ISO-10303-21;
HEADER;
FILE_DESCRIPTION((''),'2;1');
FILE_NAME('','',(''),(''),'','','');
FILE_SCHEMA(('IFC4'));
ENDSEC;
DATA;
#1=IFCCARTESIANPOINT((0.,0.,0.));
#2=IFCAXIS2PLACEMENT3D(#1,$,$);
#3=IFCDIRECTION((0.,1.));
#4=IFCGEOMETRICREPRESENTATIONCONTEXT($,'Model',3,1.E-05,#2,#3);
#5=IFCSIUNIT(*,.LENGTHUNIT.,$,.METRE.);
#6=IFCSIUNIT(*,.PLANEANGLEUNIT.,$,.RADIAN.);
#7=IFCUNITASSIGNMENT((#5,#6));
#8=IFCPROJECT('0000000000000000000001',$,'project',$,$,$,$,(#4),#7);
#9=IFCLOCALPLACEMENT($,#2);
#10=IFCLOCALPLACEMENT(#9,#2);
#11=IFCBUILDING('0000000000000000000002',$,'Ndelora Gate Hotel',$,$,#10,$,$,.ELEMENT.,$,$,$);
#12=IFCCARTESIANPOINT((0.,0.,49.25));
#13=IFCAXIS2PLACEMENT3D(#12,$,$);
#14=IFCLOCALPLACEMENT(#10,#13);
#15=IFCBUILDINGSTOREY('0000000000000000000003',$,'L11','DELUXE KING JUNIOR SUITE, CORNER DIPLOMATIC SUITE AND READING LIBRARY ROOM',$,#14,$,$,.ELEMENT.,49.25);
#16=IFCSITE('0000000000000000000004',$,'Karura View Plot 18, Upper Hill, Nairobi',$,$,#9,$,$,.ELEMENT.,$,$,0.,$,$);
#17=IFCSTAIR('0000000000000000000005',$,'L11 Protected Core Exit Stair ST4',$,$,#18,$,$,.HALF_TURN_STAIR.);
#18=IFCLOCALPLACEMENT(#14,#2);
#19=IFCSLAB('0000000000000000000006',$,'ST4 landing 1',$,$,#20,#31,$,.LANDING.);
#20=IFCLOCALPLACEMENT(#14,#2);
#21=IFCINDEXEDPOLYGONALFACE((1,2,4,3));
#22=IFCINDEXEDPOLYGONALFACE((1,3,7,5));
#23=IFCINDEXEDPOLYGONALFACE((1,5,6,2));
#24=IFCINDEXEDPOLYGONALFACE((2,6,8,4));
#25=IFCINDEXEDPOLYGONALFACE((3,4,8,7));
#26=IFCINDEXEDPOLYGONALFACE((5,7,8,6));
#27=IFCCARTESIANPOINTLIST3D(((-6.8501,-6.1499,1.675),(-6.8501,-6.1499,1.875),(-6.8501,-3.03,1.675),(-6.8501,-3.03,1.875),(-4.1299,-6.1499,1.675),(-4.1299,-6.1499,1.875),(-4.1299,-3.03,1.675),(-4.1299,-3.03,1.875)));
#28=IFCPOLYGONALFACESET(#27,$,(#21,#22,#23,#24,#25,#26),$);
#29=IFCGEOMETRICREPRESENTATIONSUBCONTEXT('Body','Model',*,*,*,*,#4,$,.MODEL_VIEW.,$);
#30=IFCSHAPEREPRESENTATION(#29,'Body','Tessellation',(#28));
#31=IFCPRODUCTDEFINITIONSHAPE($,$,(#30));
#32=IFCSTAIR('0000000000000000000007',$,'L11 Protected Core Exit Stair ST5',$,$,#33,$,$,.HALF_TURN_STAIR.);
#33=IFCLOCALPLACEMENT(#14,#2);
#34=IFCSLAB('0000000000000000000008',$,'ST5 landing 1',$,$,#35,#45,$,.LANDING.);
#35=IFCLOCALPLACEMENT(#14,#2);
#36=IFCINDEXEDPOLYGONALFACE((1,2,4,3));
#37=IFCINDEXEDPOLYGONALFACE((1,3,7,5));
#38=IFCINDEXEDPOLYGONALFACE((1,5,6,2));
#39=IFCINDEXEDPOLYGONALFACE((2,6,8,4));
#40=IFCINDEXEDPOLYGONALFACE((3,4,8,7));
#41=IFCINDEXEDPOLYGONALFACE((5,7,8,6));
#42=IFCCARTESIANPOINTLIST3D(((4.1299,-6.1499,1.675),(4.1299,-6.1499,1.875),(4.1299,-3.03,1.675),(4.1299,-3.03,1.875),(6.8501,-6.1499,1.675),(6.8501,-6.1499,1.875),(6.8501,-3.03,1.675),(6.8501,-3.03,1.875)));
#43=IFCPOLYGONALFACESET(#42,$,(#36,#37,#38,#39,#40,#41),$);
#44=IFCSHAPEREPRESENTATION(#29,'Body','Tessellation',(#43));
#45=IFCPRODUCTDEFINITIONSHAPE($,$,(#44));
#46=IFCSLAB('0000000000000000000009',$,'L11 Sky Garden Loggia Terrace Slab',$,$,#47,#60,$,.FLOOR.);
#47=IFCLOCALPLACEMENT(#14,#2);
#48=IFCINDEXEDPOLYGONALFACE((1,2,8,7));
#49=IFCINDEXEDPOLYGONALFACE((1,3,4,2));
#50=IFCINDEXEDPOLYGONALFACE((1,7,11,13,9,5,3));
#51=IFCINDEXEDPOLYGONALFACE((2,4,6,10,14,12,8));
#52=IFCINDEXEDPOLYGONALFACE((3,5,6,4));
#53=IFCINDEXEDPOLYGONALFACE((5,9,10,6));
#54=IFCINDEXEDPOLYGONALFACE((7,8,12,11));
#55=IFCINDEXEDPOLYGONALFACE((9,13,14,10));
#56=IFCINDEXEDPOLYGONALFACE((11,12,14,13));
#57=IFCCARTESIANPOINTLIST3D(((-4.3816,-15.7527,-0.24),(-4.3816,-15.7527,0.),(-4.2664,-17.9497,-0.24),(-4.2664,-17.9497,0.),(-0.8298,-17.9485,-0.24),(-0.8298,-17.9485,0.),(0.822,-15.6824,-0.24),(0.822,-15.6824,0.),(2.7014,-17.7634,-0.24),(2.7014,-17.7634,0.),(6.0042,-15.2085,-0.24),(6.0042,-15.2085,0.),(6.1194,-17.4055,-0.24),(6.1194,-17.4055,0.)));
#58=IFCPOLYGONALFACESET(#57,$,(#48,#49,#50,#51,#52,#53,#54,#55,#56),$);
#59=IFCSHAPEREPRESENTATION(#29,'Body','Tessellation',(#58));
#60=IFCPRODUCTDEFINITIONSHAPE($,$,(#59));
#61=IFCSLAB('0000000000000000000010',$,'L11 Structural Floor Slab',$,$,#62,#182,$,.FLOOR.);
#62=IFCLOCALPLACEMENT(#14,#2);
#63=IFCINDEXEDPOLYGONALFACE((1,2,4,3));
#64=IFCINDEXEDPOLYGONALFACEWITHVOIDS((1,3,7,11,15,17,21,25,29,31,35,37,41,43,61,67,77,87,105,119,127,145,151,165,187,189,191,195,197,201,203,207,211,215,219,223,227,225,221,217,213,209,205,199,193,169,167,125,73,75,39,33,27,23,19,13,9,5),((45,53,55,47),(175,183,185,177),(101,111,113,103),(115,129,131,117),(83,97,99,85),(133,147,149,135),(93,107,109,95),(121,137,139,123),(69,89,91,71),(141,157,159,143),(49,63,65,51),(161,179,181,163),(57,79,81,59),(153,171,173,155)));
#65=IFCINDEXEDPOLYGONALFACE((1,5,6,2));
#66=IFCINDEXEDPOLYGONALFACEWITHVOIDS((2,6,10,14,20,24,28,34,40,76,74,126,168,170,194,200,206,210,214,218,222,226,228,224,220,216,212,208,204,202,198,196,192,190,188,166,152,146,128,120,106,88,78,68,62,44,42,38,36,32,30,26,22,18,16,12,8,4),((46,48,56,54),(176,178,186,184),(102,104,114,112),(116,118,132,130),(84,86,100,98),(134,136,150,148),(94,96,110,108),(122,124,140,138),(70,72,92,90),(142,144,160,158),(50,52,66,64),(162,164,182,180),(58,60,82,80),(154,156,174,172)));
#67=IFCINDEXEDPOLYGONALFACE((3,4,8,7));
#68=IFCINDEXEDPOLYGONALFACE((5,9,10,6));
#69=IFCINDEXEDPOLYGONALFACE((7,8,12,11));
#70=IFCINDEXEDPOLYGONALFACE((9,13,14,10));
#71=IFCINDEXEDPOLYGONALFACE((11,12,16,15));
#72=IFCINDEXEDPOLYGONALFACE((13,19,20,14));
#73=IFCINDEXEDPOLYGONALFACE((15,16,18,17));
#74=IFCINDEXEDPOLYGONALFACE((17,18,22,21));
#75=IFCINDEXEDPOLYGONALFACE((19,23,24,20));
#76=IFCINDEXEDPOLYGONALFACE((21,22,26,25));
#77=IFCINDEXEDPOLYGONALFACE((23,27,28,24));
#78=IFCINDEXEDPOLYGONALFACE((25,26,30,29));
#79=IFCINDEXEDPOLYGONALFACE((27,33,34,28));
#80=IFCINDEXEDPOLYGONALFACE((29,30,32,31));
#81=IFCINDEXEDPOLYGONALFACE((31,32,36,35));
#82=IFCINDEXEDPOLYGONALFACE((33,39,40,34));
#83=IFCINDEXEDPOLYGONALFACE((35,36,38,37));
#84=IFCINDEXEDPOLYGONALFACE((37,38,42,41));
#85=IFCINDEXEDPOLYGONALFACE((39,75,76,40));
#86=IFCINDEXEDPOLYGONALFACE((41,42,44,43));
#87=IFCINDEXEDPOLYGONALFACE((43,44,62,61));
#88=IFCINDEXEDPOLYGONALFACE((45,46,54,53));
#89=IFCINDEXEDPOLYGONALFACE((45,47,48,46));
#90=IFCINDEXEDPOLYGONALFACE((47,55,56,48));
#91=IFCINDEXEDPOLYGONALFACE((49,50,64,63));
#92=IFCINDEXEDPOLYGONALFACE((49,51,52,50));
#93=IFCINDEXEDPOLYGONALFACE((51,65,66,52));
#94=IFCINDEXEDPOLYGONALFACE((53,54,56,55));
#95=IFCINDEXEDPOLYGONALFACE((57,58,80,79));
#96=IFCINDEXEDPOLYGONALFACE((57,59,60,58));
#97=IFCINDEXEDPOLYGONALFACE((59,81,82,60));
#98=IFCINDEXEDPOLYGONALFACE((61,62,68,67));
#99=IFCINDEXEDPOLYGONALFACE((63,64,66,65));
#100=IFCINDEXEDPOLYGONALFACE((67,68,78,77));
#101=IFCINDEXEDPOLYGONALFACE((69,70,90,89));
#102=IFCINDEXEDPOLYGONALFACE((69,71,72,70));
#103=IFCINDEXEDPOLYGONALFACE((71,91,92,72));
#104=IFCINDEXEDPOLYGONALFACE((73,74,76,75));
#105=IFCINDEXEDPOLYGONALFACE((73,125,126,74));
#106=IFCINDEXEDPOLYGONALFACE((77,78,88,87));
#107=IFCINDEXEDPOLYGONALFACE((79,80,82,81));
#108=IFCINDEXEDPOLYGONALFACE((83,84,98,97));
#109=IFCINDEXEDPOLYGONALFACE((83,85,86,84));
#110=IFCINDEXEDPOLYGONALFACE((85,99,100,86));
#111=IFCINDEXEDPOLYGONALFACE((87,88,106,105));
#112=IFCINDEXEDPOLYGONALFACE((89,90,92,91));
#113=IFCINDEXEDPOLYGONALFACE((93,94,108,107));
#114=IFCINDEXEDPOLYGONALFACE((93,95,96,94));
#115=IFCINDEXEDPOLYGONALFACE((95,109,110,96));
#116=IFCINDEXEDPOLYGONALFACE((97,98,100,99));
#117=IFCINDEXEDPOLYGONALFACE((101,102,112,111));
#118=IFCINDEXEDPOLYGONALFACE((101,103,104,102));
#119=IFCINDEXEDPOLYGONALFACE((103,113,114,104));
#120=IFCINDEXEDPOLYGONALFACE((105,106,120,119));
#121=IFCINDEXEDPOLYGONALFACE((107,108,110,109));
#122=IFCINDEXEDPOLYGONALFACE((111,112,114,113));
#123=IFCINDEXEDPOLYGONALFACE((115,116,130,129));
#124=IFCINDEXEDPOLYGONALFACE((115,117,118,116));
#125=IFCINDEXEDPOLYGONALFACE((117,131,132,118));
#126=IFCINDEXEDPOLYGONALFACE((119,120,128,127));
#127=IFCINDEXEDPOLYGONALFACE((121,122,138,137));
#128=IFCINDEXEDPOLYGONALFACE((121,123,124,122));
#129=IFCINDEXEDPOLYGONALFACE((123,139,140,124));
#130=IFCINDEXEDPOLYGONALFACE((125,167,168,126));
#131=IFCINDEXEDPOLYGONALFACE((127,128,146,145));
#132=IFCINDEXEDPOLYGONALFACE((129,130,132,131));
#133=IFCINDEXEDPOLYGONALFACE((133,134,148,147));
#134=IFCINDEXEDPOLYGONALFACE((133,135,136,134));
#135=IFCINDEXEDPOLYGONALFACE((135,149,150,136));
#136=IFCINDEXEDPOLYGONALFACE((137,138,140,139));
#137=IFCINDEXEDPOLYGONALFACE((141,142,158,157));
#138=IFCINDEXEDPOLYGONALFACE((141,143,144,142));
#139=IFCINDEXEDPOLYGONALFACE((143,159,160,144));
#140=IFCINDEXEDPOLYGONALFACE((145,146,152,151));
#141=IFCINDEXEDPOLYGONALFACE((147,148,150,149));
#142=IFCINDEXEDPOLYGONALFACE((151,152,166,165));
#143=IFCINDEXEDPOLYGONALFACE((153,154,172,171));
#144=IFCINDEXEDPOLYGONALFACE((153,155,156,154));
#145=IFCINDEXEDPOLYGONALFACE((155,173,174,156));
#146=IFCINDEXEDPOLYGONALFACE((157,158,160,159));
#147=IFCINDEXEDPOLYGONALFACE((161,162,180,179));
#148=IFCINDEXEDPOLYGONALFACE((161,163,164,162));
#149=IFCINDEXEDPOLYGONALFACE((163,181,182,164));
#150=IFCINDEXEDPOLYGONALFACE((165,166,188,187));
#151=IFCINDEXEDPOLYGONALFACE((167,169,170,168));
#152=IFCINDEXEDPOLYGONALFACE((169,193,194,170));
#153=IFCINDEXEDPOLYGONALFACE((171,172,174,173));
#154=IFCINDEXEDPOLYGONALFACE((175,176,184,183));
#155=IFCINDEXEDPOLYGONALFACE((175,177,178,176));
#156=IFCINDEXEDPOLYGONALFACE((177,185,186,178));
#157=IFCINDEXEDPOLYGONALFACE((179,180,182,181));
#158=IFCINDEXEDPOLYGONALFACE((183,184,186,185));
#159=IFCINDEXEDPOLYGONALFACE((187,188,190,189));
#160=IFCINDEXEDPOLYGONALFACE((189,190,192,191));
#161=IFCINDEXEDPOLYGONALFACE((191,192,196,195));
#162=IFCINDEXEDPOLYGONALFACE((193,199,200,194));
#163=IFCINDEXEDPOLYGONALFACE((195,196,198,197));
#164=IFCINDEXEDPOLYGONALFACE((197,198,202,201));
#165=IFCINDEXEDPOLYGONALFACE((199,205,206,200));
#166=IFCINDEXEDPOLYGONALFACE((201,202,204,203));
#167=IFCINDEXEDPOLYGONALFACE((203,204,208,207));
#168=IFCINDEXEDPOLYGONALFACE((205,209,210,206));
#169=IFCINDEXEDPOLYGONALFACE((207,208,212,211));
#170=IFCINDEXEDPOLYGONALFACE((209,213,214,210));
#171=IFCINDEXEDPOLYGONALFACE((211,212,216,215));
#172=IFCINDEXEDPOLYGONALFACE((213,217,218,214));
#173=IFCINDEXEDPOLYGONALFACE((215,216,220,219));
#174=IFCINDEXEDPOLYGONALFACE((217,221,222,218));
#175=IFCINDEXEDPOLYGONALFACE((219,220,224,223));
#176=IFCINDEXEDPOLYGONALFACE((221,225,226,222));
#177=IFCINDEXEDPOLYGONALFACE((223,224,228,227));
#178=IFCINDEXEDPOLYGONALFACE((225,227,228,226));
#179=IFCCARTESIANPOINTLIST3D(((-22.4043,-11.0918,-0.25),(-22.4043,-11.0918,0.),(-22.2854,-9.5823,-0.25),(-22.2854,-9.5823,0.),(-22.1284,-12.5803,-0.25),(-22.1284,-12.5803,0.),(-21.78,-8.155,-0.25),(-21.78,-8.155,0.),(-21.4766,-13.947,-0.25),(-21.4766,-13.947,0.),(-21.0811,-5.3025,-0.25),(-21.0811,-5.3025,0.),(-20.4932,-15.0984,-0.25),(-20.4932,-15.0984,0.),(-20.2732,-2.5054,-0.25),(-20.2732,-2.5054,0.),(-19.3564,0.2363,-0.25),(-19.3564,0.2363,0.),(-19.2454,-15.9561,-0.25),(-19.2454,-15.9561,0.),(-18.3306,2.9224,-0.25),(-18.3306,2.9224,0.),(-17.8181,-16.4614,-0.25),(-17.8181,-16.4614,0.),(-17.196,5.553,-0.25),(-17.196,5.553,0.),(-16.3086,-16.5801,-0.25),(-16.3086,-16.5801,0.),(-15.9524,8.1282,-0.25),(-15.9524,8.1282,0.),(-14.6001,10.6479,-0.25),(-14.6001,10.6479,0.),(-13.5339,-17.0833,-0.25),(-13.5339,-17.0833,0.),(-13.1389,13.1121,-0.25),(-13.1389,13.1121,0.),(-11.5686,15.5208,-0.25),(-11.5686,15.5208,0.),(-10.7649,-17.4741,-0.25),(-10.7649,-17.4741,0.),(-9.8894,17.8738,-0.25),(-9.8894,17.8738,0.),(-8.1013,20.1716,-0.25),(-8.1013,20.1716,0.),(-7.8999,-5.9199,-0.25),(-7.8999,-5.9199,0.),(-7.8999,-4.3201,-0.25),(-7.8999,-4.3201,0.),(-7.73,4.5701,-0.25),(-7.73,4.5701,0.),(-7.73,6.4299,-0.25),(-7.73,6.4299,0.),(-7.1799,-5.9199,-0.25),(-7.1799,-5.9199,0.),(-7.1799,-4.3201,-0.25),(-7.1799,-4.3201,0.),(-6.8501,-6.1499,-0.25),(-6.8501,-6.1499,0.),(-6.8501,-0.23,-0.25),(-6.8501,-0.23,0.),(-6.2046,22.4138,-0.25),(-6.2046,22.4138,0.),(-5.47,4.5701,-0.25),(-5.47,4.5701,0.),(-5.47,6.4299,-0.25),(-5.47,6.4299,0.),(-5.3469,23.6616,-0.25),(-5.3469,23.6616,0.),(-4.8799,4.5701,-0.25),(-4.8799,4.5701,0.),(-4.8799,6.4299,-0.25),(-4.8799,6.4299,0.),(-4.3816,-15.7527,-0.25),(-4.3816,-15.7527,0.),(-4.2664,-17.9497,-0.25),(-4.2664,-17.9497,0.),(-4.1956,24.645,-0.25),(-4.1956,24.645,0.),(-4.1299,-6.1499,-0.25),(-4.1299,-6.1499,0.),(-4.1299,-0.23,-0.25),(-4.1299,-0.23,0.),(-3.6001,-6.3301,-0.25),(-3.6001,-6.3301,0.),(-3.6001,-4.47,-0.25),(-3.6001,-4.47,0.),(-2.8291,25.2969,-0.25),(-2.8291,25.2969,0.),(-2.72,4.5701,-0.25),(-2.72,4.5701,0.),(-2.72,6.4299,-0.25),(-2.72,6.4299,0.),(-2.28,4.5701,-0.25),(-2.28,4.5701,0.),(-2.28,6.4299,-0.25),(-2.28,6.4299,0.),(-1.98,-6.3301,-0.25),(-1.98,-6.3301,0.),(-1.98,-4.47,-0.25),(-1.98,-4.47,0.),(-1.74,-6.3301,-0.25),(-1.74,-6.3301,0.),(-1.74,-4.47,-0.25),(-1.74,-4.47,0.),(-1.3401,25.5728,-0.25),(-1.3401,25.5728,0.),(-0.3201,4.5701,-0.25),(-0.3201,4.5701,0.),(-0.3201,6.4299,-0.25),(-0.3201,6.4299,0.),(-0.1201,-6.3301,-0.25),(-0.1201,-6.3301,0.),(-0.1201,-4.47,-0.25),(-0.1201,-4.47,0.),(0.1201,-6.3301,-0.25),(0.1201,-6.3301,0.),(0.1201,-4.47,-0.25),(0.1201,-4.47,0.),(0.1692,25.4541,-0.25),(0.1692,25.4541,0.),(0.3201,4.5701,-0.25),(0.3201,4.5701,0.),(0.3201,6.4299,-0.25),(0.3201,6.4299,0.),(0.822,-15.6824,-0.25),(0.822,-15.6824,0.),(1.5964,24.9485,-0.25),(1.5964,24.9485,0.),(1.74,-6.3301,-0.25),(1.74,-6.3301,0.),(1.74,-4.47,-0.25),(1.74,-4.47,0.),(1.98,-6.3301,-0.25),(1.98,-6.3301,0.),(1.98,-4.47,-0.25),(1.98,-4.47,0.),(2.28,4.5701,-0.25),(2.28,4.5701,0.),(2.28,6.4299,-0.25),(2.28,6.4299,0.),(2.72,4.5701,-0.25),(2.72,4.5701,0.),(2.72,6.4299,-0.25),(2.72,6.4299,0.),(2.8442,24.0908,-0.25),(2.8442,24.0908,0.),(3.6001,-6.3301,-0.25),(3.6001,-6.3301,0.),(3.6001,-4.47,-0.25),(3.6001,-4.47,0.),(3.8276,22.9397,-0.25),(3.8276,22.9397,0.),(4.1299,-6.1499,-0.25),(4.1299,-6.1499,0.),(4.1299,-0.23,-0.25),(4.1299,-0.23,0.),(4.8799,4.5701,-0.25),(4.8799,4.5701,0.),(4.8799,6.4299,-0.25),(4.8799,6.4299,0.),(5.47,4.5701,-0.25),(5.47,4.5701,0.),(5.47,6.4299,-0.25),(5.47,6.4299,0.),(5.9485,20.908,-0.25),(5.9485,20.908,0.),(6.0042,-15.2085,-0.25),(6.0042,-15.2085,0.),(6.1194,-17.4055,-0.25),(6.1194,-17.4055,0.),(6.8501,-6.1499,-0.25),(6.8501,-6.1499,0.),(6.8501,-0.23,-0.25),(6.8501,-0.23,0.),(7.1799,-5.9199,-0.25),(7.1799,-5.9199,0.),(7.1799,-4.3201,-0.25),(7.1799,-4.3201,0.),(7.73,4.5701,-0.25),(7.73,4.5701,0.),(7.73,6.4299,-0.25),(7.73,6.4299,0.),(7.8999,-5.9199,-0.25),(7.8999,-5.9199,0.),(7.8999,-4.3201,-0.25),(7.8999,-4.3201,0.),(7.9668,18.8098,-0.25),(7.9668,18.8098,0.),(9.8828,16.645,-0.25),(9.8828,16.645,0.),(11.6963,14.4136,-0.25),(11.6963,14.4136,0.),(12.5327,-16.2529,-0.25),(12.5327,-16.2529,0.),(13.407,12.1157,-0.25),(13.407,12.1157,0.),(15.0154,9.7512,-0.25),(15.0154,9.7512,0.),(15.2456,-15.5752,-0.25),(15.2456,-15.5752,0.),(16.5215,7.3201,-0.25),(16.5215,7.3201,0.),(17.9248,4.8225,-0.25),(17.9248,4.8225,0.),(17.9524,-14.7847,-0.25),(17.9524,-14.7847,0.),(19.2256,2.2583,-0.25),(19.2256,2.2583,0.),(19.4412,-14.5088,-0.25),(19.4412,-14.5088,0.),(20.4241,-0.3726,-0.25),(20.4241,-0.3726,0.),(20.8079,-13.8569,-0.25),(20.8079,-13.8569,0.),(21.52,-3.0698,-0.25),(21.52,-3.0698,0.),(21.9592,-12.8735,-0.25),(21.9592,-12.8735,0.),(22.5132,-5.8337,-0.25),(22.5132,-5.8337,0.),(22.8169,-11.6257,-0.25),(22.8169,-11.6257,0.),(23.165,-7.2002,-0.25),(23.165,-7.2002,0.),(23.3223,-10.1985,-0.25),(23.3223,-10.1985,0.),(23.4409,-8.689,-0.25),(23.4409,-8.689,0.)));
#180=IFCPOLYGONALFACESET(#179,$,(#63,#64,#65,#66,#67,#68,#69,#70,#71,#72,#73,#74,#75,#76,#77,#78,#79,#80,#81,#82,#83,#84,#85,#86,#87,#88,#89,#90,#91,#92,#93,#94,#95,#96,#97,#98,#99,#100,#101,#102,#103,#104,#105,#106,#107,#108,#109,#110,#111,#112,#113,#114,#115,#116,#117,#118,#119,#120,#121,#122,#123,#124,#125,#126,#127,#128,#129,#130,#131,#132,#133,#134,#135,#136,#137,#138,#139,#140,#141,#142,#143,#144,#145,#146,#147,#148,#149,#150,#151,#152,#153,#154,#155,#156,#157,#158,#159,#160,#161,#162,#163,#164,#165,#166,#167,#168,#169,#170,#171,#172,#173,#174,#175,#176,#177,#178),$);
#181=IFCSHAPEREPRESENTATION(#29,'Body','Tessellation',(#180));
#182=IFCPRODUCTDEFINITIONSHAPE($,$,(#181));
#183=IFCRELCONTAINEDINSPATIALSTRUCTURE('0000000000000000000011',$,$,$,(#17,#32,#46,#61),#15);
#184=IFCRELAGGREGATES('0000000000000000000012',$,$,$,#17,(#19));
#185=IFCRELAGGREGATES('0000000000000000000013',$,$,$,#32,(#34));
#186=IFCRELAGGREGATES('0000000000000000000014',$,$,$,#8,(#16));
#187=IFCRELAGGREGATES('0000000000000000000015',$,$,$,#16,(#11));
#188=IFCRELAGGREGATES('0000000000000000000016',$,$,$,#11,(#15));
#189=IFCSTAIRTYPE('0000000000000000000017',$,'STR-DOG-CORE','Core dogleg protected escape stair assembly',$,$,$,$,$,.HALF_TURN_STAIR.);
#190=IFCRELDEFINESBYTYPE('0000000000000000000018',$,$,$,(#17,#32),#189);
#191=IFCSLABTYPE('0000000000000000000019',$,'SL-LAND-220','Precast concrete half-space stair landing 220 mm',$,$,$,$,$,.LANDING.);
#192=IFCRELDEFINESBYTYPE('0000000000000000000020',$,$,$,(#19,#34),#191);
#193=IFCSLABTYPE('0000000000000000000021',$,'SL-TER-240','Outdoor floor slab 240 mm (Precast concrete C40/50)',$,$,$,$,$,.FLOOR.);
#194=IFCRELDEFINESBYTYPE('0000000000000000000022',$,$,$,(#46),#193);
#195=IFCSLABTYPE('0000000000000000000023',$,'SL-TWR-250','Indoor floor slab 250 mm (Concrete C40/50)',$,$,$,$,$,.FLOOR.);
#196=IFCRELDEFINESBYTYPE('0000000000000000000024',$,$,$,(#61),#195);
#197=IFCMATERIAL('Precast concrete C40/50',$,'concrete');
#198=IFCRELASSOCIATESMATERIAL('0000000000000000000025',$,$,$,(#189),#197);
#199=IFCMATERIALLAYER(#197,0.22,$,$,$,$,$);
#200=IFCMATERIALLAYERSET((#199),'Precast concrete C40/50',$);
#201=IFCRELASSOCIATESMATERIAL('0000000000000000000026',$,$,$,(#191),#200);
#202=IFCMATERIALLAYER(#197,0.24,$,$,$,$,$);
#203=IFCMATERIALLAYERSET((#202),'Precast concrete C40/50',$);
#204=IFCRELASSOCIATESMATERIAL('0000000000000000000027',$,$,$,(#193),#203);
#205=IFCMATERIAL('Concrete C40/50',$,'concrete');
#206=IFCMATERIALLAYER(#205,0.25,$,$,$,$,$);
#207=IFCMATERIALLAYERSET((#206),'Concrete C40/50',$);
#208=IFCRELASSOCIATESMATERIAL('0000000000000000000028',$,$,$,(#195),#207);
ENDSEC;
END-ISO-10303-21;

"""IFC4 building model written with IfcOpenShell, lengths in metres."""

from ifc_helpers import new_model, si_unit, direction, frame, origin, place, context, subcontext, project, spatial, polyline, outline, extrude, material, layer, layer_set, type_object, element, aggregate, save


model = new_model("IFC4")

# Units and contexts
model_context = context("Model", 3, precision=1e-05, world=origin(), true_north=direction((0.0, 1.0)))
body_context = subcontext(model_context, "Body", "Model", "MODEL_VIEW")
ifc_project = project(units=[si_unit("LENGTHUNIT", "METRE"), si_unit("PLANEANGLEUNIT", "RADIAN")], contexts=[model_context])

# Site, building, storey
site_placement = place(None, origin())
site = spatial("IfcSite", under=ifc_project, at=site_placement, Name="Karura View Plot 18, Upper Hill, Nairobi", CompositionType="ELEMENT", RefElevation=0.0)
building_placement = place(site_placement, origin())
building = spatial("IfcBuilding", under=site, at=building_placement, Name="Ndelora Gate Hotel", CompositionType="ELEMENT")
storey_placement = place(building_placement, frame((0.0, 0.0, 49.25)))
storey = spatial("IfcBuildingStorey", under=building, at=storey_placement, Name="L11", Description="DELUXE KING JUNIOR SUITE, CORNER DIPLOMATIC SUITE AND READING LIBRARY ROOM", CompositionType="ELEMENT", Elevation=49.25)

# Stairs, slabs
ifc_material_1 = material(Name="Precast concrete C40/50", Category="concrete")
stair_type = type_object("IfcStairType", Name="STR-DOG-CORE", Description="Core dogleg protected escape stair assembly", PredefinedType="HALF_TURN_STAIR", material=ifc_material_1)
stair_1_placement = place(storey_placement, origin())
stair_1 = element("IfcStair", 1, at=stair_1_placement, inside=storey, type_object=stair_type, Name="L11 Protected Core Exit Stair ST4", PredefinedType="HALF_TURN_STAIR")
ifc_layer_1 = layer(ifc_material_1, 0.22)
ifc_layer_set_1 = layer_set([ifc_layer_1], Name="Precast concrete C40/50")
slab_type_1 = type_object("IfcSlabType", Name="SL-LAND-220", Description="Precast concrete half-space stair landing 220 mm", PredefinedType="LANDING", material=ifc_layer_set_1)
slab_1_placement = place(storey_placement, frame((0.0, 0.0, 1.675)))
slab_1 = element("IfcSlab", 2, at=slab_1_placement, type_object=slab_type_1, Name="ST4 landing 1", PredefinedType="LANDING", context=body_context, shape_type="SweptSolid", body=[
    extrude(outline(polyline([(-6.8501, -3.03), (-6.8501, -6.1499), (-4.1299, -6.1499), (-4.1299, -3.03), (-6.8501, -3.03)])), origin(), (0.0, 0.0, 1.0), 0.2),
])
aggregate(stair_1, [slab_1])
stair_2_placement = place(storey_placement, origin())
stair_2 = element("IfcStair", 3, at=stair_2_placement, inside=storey, type_object=stair_type, Name="L11 Protected Core Exit Stair ST5", PredefinedType="HALF_TURN_STAIR")
slab_2_placement = place(storey_placement, frame((0.0, 0.0, 1.675)))
slab_2 = element("IfcSlab", 4, at=slab_2_placement, type_object=slab_type_1, Name="ST5 landing 1", PredefinedType="LANDING", context=body_context, shape_type="SweptSolid", body=[
    extrude(outline(polyline([(4.1299, -3.03), (4.1299, -6.1499), (6.8501, -6.1499), (6.8501, -3.03), (4.1299, -3.03)])), origin(), (0.0, 0.0, 1.0), 0.2),
])

# Slabs
ifc_layer_2 = layer(ifc_material_1, 0.24)
ifc_layer_set_2 = layer_set([ifc_layer_2], Name="Precast concrete C40/50")
slab_type_2 = type_object("IfcSlabType", Name="SL-TER-240", Description="Outdoor floor slab 240 mm (Precast concrete C40/50)", PredefinedType="FLOOR", material=ifc_layer_set_2)
slab_3_placement = place(storey_placement, frame((0.0, 0.0, -0.24)))
element("IfcSlab", 5, at=slab_3_placement, inside=storey, type_object=slab_type_2, Name="L11 Sky Garden Loggia Terrace Slab", PredefinedType="FLOOR", context=body_context, shape_type="SweptSolid", body=[
    extrude(outline(polyline([(-4.3816, -15.7527), (-4.2664, -17.9497), (-0.8298, -17.9485), (2.7014, -17.7634), (6.1194, -17.4055), (6.0042, -15.2085), (0.822, -15.6824), (-4.3816, -15.7527)])), origin(), (0.0, 0.0, 1.0), 0.24),
])
ifc_material_2 = material(Name="Concrete C40/50", Category="concrete")
ifc_layer_3 = layer(ifc_material_2, 0.25)
ifc_layer_set_3 = layer_set([ifc_layer_3], Name="Concrete C40/50")
slab_type_3 = type_object("IfcSlabType", Name="SL-TWR-250", Description="Indoor floor slab 250 mm (Concrete C40/50)", PredefinedType="FLOOR", material=ifc_layer_set_3)
slab_4_placement = place(storey_placement, frame((0.0, 0.0, -0.25)))
element("IfcSlab", 6, at=slab_4_placement, inside=storey, type_object=slab_type_3, Name="L11 Structural Floor Slab", PredefinedType="FLOOR", context=body_context, shape_type="SweptSolid", body=[
    extrude(outline(polyline([(3.8276, 22.9397), (2.8442, 24.0908), (1.5964, 24.9485), (0.1692, 25.4541), (-1.3401, 25.5728), (-2.8291, 25.2969), (-4.1956, 24.645), (-5.3469, 23.6616), (-6.2046, 22.4138), (-8.1013, 20.1716), (-9.8894, 17.8738), (-11.5686, 15.5208), (-13.1389, 13.1121), (-14.6001, 10.6479), (-15.9524, 8.1282), (-17.196, 5.553), (-18.3306, 2.9224), (-19.3564, 0.2363), (-20.2732, -2.5054), (-21.0811, -5.3025), (-21.78, -8.155), (-22.2854, -9.5823), (-22.4043, -11.0918), (-22.1284, -12.5803), (-21.4766, -13.947), (-20.4932, -15.0984), (-19.2454, -15.9561), (-17.8181, -16.4614), (-16.3086, -16.5801), (-13.5339, -17.0833), (-10.7649, -17.4741), (-4.2664, -17.9497), (-4.3816, -15.7527), (0.822, -15.6824), (6.0042, -15.2085), (6.1194, -17.4055), (12.5327, -16.2529), (15.2456, -15.5752), (17.9524, -14.7847), (19.4412, -14.5088), (20.8079, -13.8569), (21.9592, -12.8735), (22.8169, -11.6257), (23.3223, -10.1985), (23.4409, -8.689), (23.165, -7.2002), (22.5132, -5.8337), (21.52, -3.0698), (20.4241, -0.3726), (19.2256, 2.2583), (17.9248, 4.8225), (16.5215, 7.3201), (15.0154, 9.7512), (13.407, 12.1157), (11.6963, 14.4136), (9.8828, 16.645), (7.9668, 18.8098), (5.9485, 20.908), (3.8276, 22.9397)]), holes=[polyline([(-6.8501, -0.23), (-6.8501, -6.1499), (-4.1299, -6.1499), (-4.1299, -0.23), (-6.8501, -0.23)]), polyline([(4.1299, -0.23), (4.1299, -6.1499), (6.8501, -6.1499), (6.8501, -0.23), (4.1299, -0.23)]), polyline([(-7.73, 4.5701), (-5.47, 4.5701), (-5.47, 6.4299), (-7.73, 6.4299), (-7.73, 4.5701)]), polyline([(5.47, 4.5701), (7.73, 4.5701), (7.73, 6.4299), (5.47, 6.4299), (5.47, 4.5701)]), polyline([(-4.8799, 4.5701), (-2.72, 4.5701), (-2.72, 6.4299), (-4.8799, 6.4299), (-4.8799, 4.5701)]), polyline([(2.72, 4.5701), (4.8799, 4.5701), (4.8799, 6.4299), (2.72, 6.4299), (2.72, 4.5701)]), polyline([(-3.6001, -6.3301), (-1.98, -6.3301), (-1.98, -4.47), (-3.6001, -4.47), (-3.6001, -6.3301)]), polyline([(-1.74, -6.3301), (-0.1201, -6.3301), (-0.1201, -4.47), (-1.74, -4.47), (-1.74, -6.3301)]), polyline([(0.1201, -6.3301), (1.74, -6.3301), (1.74, -4.47), (0.1201, -4.47), (0.1201, -6.3301)]), polyline([(1.98, -6.3301), (3.6001, -6.3301), (3.6001, -4.47), (1.98, -4.47), (1.98, -6.3301)]), polyline([(-2.28, 4.5701), (-0.3201, 4.5701), (-0.3201, 6.4299), (-2.28, 6.4299), (-2.28, 4.5701)]), polyline([(0.3201, 4.5701), (2.28, 4.5701), (2.28, 6.4299), (0.3201, 6.4299), (0.3201, 4.5701)]), polyline([(-7.8999, -5.9199), (-7.1799, -5.9199), (-7.1799, -4.3201), (-7.8999, -4.3201), (-7.8999, -5.9199)]), polyline([(7.1799, -5.9199), (7.8999, -5.9199), (7.8999, -4.3201), (7.1799, -4.3201), (7.1799, -5.9199)])]), origin(), (0.0, 0.0, 1.0), 0.25),
])

aggregate(stair_2, [slab_2])

save(model, "model.ifc")
